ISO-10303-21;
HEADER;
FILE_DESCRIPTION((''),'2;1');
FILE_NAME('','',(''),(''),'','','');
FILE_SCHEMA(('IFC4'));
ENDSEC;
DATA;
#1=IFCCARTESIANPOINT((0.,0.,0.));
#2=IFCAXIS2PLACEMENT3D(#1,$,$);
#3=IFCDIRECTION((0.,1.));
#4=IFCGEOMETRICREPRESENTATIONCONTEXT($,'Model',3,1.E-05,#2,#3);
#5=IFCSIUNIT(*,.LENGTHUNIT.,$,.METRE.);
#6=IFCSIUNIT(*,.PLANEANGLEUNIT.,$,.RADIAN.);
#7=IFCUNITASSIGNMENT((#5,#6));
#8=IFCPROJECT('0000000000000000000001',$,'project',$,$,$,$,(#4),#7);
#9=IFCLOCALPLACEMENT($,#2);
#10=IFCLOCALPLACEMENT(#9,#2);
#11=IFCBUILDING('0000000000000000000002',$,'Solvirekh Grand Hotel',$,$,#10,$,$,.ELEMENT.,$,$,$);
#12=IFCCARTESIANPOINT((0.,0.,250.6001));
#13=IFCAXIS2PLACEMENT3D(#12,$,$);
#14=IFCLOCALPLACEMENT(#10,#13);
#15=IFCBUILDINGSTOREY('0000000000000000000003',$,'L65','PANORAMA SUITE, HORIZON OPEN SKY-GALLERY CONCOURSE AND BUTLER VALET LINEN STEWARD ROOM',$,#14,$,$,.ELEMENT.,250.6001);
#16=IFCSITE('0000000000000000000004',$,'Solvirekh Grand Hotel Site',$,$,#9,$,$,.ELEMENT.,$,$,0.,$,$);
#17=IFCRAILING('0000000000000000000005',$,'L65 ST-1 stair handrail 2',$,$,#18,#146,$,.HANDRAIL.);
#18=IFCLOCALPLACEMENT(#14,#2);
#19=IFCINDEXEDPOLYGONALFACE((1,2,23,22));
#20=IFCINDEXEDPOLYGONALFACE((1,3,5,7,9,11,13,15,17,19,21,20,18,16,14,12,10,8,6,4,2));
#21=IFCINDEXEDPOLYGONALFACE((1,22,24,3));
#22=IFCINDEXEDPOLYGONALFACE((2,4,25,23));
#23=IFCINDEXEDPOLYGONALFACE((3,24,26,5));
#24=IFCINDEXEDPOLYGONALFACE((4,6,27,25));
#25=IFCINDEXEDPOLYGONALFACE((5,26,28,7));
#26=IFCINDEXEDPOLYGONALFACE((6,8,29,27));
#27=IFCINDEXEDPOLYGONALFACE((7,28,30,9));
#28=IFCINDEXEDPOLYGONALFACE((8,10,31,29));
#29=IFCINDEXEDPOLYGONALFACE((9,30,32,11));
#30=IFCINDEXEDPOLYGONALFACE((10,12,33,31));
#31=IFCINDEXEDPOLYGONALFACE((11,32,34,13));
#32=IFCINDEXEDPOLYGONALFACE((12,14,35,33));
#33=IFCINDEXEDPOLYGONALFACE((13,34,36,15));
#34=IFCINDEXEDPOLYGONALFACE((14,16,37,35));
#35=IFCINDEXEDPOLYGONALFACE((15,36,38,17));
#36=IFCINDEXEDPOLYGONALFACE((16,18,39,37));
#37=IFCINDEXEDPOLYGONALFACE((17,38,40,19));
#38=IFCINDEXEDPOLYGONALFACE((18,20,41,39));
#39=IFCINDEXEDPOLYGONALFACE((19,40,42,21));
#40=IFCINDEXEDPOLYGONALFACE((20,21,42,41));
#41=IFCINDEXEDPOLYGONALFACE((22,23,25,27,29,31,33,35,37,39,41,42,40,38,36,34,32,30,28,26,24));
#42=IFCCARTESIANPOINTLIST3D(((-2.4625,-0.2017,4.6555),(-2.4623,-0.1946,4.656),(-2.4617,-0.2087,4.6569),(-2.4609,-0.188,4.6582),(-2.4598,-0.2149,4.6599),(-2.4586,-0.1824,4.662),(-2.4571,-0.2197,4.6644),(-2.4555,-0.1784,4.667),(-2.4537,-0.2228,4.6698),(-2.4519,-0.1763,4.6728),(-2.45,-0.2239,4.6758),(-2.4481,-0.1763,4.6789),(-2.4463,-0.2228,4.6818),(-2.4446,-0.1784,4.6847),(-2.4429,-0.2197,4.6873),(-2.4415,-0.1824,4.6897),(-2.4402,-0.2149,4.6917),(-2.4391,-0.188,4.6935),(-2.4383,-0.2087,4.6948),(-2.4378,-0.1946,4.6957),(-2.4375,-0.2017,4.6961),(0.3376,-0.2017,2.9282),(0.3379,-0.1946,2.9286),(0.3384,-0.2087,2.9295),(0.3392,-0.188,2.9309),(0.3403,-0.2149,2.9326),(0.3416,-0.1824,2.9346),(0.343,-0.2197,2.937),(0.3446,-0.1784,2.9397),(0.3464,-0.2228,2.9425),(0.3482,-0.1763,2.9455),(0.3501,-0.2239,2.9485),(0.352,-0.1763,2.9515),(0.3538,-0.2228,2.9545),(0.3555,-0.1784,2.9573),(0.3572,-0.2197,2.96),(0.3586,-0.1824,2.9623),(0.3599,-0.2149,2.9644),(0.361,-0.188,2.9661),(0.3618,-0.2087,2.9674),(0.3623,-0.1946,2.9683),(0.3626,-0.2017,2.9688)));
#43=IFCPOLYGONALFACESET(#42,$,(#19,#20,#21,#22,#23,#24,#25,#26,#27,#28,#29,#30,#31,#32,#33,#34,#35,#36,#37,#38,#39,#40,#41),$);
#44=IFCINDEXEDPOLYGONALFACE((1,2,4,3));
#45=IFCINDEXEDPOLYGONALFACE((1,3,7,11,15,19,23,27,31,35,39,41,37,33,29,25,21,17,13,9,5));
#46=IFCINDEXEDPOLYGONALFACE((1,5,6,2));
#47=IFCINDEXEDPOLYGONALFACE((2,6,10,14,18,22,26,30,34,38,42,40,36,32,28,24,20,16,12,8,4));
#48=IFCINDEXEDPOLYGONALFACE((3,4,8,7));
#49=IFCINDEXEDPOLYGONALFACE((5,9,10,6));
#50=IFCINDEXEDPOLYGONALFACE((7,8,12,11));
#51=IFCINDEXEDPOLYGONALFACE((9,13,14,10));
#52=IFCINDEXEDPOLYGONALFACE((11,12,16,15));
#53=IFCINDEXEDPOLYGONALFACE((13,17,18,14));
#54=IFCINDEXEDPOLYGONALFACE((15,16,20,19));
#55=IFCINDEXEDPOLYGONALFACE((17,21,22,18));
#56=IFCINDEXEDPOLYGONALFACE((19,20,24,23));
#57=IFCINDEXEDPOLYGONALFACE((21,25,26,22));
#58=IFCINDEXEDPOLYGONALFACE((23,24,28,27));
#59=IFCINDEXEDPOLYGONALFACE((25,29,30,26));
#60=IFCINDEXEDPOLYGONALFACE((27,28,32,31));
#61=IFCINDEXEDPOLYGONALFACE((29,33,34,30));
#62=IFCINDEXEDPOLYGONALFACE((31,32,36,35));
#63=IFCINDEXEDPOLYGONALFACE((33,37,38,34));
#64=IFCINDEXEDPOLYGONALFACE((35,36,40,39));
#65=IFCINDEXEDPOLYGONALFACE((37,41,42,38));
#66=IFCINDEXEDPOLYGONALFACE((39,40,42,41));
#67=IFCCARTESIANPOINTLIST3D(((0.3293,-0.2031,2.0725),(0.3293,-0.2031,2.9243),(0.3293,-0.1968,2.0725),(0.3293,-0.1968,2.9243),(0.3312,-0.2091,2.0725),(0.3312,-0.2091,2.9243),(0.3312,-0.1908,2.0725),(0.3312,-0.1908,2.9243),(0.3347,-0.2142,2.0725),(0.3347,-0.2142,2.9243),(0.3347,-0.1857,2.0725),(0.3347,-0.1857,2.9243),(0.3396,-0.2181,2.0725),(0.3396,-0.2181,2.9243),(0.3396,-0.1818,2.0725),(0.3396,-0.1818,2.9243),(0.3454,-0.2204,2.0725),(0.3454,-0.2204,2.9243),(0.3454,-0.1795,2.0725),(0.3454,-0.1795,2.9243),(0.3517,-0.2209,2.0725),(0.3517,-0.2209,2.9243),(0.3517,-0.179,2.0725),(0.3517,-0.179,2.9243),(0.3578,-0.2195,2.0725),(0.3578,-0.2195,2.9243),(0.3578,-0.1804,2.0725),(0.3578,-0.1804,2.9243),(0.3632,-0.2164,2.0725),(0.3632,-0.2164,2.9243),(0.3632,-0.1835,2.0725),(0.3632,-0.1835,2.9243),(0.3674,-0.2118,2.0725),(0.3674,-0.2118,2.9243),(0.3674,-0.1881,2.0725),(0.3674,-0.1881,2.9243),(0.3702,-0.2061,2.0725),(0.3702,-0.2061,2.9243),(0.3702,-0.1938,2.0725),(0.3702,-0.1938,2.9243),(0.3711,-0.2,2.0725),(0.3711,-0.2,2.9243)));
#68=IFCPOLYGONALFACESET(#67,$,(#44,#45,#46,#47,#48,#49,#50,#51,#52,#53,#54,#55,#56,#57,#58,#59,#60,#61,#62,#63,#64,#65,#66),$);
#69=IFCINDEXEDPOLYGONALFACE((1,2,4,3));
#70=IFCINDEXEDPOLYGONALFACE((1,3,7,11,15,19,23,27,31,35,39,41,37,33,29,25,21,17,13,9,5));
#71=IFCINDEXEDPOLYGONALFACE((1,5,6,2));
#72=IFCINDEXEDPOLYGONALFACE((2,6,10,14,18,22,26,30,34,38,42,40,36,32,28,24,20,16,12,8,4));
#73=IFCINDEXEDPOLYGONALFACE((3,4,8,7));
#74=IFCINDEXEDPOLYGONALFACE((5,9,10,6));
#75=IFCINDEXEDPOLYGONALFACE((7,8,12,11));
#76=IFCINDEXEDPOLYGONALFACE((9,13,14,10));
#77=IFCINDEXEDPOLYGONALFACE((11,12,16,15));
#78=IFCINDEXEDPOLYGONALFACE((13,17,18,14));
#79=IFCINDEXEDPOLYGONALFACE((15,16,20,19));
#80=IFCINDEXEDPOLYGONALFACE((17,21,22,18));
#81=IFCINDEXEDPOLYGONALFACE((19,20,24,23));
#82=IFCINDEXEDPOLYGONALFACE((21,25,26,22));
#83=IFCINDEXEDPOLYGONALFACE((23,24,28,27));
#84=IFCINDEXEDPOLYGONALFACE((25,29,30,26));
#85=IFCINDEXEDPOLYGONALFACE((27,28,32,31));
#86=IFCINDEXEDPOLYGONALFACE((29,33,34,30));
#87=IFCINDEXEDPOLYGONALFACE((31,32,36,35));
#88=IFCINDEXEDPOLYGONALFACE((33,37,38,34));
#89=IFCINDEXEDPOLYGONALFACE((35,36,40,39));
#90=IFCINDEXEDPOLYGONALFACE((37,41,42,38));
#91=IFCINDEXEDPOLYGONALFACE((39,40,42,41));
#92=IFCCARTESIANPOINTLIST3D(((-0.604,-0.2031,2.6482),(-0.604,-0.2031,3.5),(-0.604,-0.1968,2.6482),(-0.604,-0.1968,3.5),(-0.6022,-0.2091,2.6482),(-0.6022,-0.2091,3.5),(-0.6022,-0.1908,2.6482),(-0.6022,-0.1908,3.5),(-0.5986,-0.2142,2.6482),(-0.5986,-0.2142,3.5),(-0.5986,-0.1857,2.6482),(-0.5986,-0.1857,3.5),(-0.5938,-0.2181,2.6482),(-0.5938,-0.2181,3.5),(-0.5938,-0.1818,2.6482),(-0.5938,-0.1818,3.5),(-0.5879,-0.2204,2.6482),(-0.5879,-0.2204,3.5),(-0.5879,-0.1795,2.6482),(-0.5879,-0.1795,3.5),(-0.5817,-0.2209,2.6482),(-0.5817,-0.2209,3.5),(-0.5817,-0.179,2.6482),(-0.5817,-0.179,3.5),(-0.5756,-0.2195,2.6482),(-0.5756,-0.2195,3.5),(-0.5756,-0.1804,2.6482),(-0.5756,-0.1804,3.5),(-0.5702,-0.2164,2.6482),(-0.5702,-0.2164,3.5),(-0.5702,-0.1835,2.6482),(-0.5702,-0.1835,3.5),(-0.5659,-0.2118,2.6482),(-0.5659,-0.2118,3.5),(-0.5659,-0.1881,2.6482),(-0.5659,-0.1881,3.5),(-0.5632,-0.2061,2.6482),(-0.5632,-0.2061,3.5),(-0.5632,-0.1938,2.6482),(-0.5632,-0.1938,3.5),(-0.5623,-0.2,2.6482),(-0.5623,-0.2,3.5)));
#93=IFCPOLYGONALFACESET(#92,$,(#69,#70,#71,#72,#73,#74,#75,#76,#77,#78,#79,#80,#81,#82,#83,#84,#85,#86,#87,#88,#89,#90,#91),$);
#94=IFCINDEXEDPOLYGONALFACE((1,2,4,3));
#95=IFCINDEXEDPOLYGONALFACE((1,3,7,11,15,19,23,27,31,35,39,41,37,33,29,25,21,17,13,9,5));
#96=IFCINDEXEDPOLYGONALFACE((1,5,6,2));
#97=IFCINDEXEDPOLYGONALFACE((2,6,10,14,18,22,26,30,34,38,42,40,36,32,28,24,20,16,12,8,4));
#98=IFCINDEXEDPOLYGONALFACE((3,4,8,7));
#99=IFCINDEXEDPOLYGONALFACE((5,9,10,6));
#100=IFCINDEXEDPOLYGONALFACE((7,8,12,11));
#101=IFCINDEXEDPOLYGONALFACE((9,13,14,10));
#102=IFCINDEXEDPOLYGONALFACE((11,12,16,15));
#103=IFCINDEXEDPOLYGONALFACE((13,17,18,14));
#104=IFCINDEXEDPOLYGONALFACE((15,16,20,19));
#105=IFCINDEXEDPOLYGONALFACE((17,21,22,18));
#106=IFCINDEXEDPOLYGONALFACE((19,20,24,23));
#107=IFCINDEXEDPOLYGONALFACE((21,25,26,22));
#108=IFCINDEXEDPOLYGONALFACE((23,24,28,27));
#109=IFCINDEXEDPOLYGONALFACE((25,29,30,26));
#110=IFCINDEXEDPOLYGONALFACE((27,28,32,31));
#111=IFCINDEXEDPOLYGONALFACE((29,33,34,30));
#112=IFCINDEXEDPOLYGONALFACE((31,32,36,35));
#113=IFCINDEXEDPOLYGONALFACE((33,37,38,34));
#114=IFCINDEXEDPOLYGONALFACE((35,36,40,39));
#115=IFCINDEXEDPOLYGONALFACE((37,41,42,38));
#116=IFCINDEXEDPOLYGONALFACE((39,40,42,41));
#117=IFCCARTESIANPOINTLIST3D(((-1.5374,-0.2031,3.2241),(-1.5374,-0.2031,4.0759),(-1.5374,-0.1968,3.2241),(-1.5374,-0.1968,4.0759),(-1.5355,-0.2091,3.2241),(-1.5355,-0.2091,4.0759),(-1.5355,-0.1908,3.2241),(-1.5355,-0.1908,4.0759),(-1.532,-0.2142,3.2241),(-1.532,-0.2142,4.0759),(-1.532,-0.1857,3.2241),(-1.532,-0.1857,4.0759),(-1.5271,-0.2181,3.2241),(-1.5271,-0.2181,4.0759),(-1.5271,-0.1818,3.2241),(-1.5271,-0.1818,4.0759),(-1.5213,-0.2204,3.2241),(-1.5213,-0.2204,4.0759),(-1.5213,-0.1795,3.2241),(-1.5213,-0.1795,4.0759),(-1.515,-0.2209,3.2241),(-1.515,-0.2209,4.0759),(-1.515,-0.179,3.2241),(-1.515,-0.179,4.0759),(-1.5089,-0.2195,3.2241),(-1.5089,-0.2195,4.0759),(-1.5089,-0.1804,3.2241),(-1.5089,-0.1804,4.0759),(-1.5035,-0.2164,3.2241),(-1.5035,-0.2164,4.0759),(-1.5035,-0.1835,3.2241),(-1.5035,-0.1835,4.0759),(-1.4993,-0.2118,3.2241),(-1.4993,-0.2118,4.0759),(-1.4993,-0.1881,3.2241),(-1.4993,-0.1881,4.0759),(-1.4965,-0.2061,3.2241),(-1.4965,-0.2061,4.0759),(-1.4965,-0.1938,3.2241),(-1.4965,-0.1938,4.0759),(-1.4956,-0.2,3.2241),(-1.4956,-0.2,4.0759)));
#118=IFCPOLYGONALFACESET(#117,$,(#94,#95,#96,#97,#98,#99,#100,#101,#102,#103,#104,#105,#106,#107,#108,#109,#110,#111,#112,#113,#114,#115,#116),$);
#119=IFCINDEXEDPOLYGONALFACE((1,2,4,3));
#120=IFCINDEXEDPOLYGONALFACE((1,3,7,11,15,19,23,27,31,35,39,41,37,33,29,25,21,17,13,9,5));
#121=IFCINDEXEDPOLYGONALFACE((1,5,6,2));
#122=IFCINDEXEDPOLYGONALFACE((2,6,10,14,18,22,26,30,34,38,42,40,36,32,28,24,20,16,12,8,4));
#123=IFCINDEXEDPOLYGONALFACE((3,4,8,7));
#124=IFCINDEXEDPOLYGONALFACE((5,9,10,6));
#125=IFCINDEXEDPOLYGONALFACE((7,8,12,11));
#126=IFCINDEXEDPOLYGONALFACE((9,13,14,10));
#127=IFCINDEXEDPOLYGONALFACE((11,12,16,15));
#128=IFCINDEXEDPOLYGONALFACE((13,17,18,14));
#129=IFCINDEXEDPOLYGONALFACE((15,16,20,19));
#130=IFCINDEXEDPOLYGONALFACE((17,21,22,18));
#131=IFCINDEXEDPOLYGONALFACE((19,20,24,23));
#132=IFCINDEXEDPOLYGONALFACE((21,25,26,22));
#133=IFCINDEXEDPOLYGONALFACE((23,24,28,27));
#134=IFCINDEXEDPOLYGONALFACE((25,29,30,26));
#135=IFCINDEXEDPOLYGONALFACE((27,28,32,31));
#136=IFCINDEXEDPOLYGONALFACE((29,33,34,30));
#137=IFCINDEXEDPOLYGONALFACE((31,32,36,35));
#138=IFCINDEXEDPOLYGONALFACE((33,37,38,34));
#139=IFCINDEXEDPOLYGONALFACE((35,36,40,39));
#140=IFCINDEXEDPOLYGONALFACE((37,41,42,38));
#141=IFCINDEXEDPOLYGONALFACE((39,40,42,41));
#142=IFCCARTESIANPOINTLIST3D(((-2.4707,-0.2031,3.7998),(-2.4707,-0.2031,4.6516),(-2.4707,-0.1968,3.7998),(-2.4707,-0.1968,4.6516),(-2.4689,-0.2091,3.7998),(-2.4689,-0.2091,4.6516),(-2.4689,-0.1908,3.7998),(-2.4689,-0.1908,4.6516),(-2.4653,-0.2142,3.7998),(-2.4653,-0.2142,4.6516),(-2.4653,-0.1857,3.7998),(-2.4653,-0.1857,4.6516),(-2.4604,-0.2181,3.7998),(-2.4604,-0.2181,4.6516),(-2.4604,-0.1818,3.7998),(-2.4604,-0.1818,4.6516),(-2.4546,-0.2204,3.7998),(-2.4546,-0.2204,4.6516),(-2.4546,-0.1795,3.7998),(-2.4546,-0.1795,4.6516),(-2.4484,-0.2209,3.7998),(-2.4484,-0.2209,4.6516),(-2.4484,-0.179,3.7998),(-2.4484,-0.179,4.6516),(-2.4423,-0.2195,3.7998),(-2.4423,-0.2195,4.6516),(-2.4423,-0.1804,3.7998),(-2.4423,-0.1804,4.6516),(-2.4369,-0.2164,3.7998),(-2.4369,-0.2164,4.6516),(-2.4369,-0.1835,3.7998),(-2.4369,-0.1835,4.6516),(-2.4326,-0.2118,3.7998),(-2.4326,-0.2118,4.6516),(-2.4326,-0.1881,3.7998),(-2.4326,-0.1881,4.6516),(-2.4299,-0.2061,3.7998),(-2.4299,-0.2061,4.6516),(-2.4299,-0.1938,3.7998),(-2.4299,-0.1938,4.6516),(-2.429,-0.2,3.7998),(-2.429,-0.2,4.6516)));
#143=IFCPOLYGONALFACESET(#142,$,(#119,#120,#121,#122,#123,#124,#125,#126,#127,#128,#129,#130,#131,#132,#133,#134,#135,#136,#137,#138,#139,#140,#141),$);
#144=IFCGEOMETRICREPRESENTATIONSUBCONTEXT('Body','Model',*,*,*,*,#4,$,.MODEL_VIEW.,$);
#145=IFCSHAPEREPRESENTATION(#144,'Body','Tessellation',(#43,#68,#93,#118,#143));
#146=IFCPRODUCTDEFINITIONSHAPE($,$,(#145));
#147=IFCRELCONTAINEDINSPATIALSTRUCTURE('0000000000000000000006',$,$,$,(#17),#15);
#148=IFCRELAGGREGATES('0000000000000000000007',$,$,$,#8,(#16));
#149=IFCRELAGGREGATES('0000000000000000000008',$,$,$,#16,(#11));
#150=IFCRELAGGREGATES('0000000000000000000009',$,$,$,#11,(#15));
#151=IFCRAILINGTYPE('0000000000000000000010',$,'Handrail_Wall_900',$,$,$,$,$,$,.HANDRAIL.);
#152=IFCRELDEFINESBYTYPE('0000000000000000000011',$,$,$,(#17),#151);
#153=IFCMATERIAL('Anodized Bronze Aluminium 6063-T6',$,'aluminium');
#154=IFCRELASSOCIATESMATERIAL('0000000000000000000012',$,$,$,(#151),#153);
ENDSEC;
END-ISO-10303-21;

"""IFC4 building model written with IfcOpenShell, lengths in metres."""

from ifc_helpers import new_model, si_unit, direction, frame, origin, origin_2d, place, context, subcontext, project, spatial, circle, extrude, material, type_object, element, save


model = new_model("IFC4")

# Units and contexts
model_context = context("Model", 3, precision=1e-05, world=origin(), true_north=direction((0.0, 1.0)))
body_context = subcontext(model_context, "Body", "Model", "MODEL_VIEW")
ifc_project = project(units=[si_unit("LENGTHUNIT", "METRE"), si_unit("PLANEANGLEUNIT", "RADIAN")], contexts=[model_context])

# Site, building, storey
site_placement = place(None, origin())
site = spatial("IfcSite", under=ifc_project, at=site_placement, Name="Solvirekh Grand Hotel Site", CompositionType="ELEMENT", RefElevation=0.0)
building_placement = place(site_placement, origin())
building = spatial("IfcBuilding", under=site, at=building_placement, Name="Solvirekh Grand Hotel", CompositionType="ELEMENT")
storey_placement = place(building_placement, frame((0.0, 0.0, 250.6001)))
storey = spatial("IfcBuildingStorey", under=building, at=storey_placement, Name="L65", Description="PANORAMA SUITE, HORIZON OPEN SKY-GALLERY CONCOURSE AND BUTLER VALET LINEN STEWARD ROOM", CompositionType="ELEMENT", Elevation=250.6001)

# Shared definitions
ifc_material_1 = material(Name="Anodized Bronze Aluminium 6063-T6", Category="aluminium")

# Railing
railing_type_1 = type_object("IfcRailingType", Name="Handrail_Wall_900", PredefinedType="HANDRAIL", material=ifc_material_1)
railing_1_placement = place(storey_placement, frame((0.3501, -0.2, 2.0725)))
element("IfcRailing", 1, at=railing_1_placement, inside=storey, type_object=railing_type_1, Name="L65 ST-1 stair handrail 2", PredefinedType="HANDRAIL", context=body_context, shape_type="SweptSolid", body=[
    extrude(circle(Radius=0.0239, at=origin_2d()), frame((0.0, 0.0, 0.876), z_axis=(-0.85109, 0.0, 0.52502), x_axis=(0.0, -1.0, 0.0)), (0.0, 0.0, 1.0), 3.29),
    extrude(circle(Radius=0.021, at=origin_2d()), origin(), (0.0, 0.0, 1.0), 0.8518),
    extrude(circle(Radius=0.021, at=origin_2d()), frame((-0.9333, 0.0, 0.5757)), (0.0, 0.0, 1.0), 0.8518),
    extrude(circle(Radius=0.021, at=origin_2d()), frame((-1.8667, 0.0, 1.1516)), (0.0, 0.0, 1.0), 0.8518),
    extrude(circle(Radius=0.021, at=origin_2d()), frame((-2.8, 0.0, 1.7273)), (0.0, 0.0, 1.0), 0.8518),
])

save(model, "model.ifc")
